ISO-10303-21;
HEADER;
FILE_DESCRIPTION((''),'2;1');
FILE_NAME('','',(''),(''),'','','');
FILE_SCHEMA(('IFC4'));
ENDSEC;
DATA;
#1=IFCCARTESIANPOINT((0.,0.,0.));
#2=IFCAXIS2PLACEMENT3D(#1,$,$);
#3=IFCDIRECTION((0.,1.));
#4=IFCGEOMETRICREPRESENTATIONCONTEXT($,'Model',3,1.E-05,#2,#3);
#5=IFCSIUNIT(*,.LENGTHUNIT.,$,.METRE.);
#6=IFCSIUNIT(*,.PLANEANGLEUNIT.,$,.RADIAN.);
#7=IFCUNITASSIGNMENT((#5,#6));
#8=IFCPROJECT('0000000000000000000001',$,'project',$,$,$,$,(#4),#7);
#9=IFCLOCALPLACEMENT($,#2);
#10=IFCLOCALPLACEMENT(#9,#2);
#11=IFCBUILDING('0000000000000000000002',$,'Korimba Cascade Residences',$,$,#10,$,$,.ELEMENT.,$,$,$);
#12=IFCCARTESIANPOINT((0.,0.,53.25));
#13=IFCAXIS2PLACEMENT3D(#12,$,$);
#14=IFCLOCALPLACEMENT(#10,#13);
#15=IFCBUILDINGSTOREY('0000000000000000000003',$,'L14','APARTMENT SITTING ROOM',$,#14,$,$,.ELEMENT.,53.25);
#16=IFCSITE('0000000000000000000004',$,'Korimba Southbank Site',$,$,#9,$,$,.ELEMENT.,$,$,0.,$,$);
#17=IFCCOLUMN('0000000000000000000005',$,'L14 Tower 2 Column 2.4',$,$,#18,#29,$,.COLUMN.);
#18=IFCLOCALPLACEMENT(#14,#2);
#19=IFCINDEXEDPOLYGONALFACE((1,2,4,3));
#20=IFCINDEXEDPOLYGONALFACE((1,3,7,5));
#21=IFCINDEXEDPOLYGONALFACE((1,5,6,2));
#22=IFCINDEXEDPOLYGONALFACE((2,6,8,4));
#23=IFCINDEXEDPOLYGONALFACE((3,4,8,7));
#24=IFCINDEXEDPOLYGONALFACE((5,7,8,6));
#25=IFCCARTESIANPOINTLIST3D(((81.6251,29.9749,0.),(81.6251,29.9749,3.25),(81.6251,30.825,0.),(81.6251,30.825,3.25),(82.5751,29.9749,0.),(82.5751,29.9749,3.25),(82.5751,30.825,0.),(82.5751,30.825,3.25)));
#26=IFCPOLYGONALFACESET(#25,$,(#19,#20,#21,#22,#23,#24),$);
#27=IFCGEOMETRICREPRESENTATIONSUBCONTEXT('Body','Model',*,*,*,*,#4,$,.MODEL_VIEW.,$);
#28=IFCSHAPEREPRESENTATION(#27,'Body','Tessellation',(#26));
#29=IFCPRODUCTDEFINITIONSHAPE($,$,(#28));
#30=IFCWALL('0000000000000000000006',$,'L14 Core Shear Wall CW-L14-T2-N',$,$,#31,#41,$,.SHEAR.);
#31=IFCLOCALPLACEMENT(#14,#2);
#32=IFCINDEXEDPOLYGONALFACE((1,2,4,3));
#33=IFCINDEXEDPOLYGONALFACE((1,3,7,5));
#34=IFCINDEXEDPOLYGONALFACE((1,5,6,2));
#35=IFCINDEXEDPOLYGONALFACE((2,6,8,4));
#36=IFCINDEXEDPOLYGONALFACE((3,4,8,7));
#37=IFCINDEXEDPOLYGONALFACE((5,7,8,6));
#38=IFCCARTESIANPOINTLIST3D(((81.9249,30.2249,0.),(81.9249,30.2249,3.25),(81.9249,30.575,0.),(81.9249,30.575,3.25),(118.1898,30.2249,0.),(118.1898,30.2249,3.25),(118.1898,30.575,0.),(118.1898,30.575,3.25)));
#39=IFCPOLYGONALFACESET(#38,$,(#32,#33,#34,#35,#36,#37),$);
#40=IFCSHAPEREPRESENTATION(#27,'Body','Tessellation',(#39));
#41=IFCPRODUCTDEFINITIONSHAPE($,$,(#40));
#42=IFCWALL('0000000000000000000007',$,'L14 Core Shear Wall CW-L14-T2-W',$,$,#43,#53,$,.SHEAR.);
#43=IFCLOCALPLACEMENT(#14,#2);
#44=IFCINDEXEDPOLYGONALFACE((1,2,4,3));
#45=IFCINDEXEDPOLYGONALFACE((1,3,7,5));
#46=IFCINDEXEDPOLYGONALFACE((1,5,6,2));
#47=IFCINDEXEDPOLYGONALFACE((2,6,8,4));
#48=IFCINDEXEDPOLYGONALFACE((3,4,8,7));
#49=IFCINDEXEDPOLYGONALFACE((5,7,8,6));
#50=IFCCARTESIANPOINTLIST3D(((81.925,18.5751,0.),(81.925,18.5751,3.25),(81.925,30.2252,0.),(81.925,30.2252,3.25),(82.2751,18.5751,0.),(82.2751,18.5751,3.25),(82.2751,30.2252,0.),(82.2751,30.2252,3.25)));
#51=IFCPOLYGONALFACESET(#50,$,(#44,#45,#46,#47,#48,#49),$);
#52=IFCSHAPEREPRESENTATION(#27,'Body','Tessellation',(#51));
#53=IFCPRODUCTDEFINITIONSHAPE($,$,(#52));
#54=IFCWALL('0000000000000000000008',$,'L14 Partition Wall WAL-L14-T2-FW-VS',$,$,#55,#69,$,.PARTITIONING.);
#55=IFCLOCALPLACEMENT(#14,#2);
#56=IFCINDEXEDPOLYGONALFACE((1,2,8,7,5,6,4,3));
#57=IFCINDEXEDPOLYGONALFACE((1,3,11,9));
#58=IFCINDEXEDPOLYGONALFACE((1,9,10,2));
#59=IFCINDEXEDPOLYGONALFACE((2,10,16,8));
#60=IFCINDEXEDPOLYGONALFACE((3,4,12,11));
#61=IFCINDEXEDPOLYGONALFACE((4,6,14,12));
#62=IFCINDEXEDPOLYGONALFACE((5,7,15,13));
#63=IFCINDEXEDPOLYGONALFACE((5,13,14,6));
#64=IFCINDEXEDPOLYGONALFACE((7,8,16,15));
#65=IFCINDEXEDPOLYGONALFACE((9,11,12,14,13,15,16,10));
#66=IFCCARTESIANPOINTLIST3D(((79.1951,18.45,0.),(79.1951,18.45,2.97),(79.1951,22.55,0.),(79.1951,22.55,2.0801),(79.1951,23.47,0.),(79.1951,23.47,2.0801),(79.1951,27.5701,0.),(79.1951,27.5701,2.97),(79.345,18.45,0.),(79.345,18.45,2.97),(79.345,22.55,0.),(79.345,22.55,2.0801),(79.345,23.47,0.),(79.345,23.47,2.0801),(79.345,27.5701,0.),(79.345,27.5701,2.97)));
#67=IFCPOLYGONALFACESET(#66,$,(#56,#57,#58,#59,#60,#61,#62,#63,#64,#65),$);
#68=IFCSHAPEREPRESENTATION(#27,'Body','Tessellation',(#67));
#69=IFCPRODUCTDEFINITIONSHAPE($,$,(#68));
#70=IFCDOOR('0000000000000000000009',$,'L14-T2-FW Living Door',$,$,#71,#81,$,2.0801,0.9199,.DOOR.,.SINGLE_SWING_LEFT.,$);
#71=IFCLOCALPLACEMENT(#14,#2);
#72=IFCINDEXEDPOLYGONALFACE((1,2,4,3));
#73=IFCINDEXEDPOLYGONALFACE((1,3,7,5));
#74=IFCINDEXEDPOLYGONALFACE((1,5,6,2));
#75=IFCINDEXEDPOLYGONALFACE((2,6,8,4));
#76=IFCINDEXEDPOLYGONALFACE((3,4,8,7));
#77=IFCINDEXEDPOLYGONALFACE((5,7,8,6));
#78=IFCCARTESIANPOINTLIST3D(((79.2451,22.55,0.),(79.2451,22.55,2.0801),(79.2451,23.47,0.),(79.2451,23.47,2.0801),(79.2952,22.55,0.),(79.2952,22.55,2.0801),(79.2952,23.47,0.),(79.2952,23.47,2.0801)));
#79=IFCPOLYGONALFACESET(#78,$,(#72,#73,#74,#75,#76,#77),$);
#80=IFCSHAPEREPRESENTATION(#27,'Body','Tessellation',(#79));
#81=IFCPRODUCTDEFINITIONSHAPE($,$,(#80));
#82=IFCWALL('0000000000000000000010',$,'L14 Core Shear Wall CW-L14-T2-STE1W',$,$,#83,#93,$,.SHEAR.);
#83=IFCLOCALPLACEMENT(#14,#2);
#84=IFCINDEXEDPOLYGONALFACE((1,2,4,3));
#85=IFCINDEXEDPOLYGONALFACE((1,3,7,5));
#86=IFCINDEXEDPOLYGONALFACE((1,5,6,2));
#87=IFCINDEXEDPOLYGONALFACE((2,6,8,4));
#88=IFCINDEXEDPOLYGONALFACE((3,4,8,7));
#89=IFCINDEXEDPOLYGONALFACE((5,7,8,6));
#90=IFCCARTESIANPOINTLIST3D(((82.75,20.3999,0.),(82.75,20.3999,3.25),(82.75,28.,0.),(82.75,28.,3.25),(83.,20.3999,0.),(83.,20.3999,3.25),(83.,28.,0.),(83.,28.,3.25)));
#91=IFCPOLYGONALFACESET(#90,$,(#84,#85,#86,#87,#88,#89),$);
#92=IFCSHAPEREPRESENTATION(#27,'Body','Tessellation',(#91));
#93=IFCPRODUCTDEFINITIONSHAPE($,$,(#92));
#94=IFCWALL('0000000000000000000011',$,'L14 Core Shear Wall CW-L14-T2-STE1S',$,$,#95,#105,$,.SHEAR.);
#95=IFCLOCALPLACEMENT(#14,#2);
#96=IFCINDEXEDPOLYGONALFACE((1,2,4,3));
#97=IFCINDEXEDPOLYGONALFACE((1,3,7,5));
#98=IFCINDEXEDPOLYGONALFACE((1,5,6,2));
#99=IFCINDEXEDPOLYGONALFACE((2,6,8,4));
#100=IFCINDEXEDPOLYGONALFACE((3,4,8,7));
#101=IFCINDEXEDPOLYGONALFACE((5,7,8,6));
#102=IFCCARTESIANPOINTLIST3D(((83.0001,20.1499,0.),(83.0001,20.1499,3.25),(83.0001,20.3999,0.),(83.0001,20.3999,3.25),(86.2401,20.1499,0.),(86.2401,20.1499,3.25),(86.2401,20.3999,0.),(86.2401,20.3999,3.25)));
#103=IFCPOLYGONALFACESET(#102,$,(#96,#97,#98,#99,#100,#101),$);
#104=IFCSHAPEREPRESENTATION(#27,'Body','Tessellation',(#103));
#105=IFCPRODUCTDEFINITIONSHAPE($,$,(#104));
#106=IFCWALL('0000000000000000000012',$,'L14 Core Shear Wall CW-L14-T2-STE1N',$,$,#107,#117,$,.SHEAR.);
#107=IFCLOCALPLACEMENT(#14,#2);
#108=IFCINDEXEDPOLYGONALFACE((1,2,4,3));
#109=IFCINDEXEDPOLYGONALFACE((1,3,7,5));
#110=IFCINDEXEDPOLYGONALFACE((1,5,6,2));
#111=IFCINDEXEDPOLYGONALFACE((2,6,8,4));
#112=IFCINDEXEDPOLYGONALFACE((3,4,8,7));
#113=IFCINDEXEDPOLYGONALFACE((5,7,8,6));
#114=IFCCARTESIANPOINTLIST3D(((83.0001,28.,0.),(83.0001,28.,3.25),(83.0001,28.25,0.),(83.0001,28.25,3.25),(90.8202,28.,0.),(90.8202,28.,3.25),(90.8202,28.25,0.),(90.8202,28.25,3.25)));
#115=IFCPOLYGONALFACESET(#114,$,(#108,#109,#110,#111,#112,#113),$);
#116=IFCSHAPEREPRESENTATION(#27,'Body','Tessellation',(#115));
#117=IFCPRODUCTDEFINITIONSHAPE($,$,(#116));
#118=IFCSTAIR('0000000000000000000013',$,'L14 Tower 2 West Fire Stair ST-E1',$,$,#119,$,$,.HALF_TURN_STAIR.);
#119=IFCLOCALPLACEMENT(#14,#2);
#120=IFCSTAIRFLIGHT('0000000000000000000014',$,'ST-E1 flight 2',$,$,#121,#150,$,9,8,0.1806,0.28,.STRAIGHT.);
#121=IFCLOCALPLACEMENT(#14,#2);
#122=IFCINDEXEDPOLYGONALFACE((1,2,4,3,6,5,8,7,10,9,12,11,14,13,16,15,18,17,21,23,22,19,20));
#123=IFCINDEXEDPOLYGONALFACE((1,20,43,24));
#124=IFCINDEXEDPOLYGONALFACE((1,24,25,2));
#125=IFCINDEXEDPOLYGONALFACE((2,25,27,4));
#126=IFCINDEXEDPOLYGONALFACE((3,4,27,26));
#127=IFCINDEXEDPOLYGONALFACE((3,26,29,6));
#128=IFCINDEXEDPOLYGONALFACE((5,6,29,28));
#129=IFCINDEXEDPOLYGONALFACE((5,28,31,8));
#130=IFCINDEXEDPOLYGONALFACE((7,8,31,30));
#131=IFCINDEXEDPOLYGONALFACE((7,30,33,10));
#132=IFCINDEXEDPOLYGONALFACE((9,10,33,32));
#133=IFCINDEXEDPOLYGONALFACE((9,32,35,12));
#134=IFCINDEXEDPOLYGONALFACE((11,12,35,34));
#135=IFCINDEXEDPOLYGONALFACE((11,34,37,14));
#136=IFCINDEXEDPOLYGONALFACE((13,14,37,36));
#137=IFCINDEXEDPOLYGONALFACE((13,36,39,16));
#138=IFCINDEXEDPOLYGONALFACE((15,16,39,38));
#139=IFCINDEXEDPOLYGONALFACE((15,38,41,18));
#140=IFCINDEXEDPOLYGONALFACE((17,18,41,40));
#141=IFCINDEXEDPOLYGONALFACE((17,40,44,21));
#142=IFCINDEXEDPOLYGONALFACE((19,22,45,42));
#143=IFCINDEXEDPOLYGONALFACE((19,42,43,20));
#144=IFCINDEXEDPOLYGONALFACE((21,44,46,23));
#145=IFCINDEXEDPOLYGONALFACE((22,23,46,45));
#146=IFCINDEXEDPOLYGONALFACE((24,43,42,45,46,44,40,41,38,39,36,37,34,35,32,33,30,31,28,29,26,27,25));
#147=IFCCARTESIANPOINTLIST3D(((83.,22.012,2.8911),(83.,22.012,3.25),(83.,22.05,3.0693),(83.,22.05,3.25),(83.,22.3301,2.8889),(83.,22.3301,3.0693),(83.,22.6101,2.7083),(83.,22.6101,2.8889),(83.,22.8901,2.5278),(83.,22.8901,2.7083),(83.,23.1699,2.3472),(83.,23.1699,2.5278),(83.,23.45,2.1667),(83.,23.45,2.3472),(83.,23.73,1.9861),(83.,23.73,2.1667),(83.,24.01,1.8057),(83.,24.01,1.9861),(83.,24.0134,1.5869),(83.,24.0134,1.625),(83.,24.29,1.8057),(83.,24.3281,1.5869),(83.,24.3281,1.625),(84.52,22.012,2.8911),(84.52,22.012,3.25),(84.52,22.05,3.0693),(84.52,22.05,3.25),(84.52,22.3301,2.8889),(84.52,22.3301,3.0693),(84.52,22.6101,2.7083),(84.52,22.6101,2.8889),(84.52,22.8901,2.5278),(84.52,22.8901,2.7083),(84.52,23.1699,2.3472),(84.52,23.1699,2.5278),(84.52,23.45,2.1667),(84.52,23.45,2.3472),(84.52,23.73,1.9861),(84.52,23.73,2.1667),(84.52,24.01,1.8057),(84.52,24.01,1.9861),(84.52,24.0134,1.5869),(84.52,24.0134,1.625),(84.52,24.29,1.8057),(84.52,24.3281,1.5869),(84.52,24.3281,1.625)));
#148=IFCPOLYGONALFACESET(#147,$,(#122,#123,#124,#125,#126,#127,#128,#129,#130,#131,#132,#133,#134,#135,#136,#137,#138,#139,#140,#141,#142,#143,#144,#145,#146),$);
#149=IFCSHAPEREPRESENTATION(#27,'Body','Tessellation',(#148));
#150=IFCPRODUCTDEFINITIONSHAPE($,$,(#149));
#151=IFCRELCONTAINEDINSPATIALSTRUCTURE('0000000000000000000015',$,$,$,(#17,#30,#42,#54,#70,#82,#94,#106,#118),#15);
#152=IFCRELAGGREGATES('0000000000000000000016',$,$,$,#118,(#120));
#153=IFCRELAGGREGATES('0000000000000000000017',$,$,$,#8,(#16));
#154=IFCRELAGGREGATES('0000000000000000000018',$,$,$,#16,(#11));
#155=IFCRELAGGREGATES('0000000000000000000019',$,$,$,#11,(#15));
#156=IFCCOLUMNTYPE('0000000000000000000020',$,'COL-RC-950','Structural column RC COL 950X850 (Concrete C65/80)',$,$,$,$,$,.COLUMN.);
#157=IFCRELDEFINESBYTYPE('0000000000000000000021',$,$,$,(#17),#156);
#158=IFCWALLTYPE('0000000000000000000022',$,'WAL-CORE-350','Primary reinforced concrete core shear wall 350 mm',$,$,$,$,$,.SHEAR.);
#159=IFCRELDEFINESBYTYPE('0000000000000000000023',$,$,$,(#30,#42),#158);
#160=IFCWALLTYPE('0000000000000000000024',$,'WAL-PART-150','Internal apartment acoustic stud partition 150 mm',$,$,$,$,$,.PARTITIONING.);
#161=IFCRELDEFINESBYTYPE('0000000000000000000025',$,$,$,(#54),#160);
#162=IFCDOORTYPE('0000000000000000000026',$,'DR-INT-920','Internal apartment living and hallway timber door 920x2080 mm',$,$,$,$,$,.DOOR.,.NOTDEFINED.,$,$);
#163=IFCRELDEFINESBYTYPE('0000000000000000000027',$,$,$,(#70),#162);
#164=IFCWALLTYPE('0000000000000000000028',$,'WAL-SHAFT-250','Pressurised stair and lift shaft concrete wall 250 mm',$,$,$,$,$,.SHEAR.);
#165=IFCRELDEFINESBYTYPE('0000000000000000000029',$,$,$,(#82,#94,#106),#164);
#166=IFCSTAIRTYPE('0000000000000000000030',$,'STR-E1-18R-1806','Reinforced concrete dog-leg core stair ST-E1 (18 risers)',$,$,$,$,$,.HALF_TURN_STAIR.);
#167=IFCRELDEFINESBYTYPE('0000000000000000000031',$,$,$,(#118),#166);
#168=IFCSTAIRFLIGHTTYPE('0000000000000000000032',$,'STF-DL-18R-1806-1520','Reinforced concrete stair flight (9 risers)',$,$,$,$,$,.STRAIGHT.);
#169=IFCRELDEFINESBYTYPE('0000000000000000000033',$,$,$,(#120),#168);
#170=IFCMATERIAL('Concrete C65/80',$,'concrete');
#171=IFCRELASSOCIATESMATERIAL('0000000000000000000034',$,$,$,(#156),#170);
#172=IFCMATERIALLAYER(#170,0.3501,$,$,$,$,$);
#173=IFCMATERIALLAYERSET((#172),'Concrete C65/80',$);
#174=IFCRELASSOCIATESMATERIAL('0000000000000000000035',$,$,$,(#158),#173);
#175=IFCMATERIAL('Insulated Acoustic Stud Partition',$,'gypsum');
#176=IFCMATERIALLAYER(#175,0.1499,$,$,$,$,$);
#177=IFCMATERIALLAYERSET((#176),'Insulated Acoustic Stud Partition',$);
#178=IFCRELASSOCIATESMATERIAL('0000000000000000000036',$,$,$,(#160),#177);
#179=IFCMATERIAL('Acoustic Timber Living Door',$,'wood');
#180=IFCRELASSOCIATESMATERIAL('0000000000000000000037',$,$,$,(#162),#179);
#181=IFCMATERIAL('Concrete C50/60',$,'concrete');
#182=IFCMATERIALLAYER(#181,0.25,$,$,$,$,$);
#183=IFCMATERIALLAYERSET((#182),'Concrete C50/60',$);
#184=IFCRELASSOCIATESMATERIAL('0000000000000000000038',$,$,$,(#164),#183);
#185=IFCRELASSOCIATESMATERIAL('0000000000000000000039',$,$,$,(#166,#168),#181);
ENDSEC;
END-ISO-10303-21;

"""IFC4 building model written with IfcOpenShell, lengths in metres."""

from ifc_helpers import new_model, si_unit, direction, frame, frame_2d, origin, origin_2d, place, context, subcontext, project, spatial, polyline, rectangle, outline, extrude, material, layer, layer_set, material_profile, profile_set, type_object, element, fill, aggregate, save


model = new_model("IFC4")

# Units and contexts
model_context = context("Model", 3, precision=1e-05, world=origin(), true_north=direction((0.0, 1.0)))
body_context = subcontext(model_context, "Body", "Model", "MODEL_VIEW")
ifc_project = project(units=[si_unit("LENGTHUNIT", "METRE"), si_unit("PLANEANGLEUNIT", "RADIAN")], contexts=[model_context])

# Site, building, storey
site_placement = place(None, origin())
site = spatial("IfcSite", under=ifc_project, at=site_placement, Name="Korimba Southbank Site", CompositionType="ELEMENT", RefElevation=0.0)
building_placement = place(site_placement, origin())
building = spatial("IfcBuilding", under=site, at=building_placement, Name="Korimba Cascade Residences", CompositionType="ELEMENT")
storey_placement = place(building_placement, frame((0.0, 0.0, 53.25)))
storey = spatial("IfcBuildingStorey", under=building, at=storey_placement, Name="L14", Description="APARTMENT SITTING ROOM", CompositionType="ELEMENT", Elevation=53.25)

# Column
ifc_material_1 = material(Name="Concrete C65/80", Category="concrete")
ifc_material_profile = material_profile(ifc_material_1, rectangle(XDim=0.95, YDim=0.8501, at=origin_2d()), Name="Concrete C65/80")
ifc_profile_set = profile_set([ifc_material_profile], Name="Concrete C65/80")
column_type = type_object("IfcColumnType", Name="COL-RC-950", Description="Structural column RC COL 950X850 (Concrete C65/80)", PredefinedType="COLUMN", material=ifc_profile_set)
column_placement = place(storey_placement, frame((82.1001, 30.3999, 0.0), z_axis=(0.0, 0.0, 1.0), x_axis=(1.0, 0.0, 0.0)))
element("IfcColumn", 1, at=column_placement, inside=storey, type_object=column_type, Name="L14 Tower 2 Column 2.4", PredefinedType="COLUMN", context=body_context, shape_type="SweptSolid", body=[
    extrude(rectangle(XDim=0.95, YDim=0.8501, at=origin_2d()), origin(), (0.0, 0.0, 1.0), 3.25),
])

# Walls
ifc_layer_1 = layer(ifc_material_1, 0.3501)
ifc_layer_set_1 = layer_set([ifc_layer_1], Name="Concrete C65/80")
wall_type_1 = type_object("IfcWallType", Name="WAL-CORE-350", Description="Primary reinforced concrete core shear wall 350 mm", PredefinedType="SHEAR", material=ifc_layer_set_1)
wall_1_placement = place(storey_placement, frame((81.925, 30.3999, 0.0), z_axis=(0.0, 0.0, 1.0), x_axis=(1.0, 0.0, 0.0)))
element("IfcWall", 2, at=wall_1_placement, inside=storey, type_object=wall_type_1, Name="L14 Core Shear Wall CW-L14-T2-N", PredefinedType="SHEAR", context=body_context, shape_type="SweptSolid", body=[
    extrude(rectangle(XDim=36.2649, YDim=0.3501, at=frame_2d((18.1323, 0.0))), origin(), (0.0, 0.0, 1.0), 3.25),
])
wall_2_placement = place(storey_placement, frame((82.1001, 18.575, 0.0), z_axis=(0.0, 0.0, 1.0), x_axis=(0.0, 1.0, 0.0)))
element("IfcWall", 3, at=wall_2_placement, inside=storey, type_object=wall_type_1, Name="L14 Core Shear Wall CW-L14-T2-W", PredefinedType="SHEAR", context=body_context, shape_type="SweptSolid", body=[
    extrude(rectangle(XDim=11.6501, YDim=0.3501, at=frame_2d((5.8252, 0.0))), origin(), (0.0, 0.0, 1.0), 3.25),
])

# Wall, opening, door
ifc_material_2 = material(Name="Insulated Acoustic Stud Partition", Category="gypsum")
ifc_layer_2 = layer(ifc_material_2, 0.1499)
ifc_layer_set_2 = layer_set([ifc_layer_2], Name="Insulated Acoustic Stud Partition")
wall_type_2 = type_object("IfcWallType", Name="WAL-PART-150", Description="Internal apartment acoustic stud partition 150 mm", PredefinedType="PARTITIONING", material=ifc_layer_set_2)
wall_3_placement = place(storey_placement, frame((79.27, 18.45, 0.0), z_axis=(0.0, 0.0, 1.0), x_axis=(0.0, 1.0, 0.0)))
wall_3 = element("IfcWall", 4, at=wall_3_placement, inside=storey, type_object=wall_type_2, Name="L14 Partition Wall WAL-L14-T2-FW-VS", PredefinedType="PARTITIONING", context=body_context, shape_type="SweptSolid", body=[
    extrude(rectangle(XDim=9.1201, YDim=0.1499, at=frame_2d((4.5601, 0.0))), origin(), (0.0, 0.0, 1.0), 2.97),
])
opening_placement = place(wall_3_placement, frame((4.1001, 0.0, 0.0)))
opening = element("IfcOpeningElement", 5, at=opening_placement, cuts=wall_3, PredefinedType="OPENING", context=body_context, shape_type="SweptSolid", body=[
    extrude(rectangle(XDim=0.9199, YDim=2.0801, at=frame_2d((0.46, 1.04))), frame((0.0, 0.085, 0.0), z_axis=(0.0, -1.0, 0.0), x_axis=(1.0, 0.0, 0.0)), (0.0, 0.0, 1.0), 0.1699),
])
ifc_material_3 = material(Name="Acoustic Timber Living Door", Category="wood")
door_type = type_object("IfcDoorType", Name="DR-INT-920", Description="Internal apartment living and hallway timber door 920x2080 mm", OperationType="NOTDEFINED", PredefinedType="DOOR", material=ifc_material_3)
door_placement = place(opening_placement, origin())
door = element("IfcDoor", 6, at=door_placement, inside=storey, type_object=door_type, Name="L14-T2-FW Living Door", OperationType="SINGLE_SWING_LEFT", OverallHeight=2.0801, OverallWidth=0.9199, PredefinedType="DOOR", context=body_context, shape_type="SweptSolid", body=[
    extrude(rectangle(XDim=0.9199, YDim=2.0801, at=frame_2d((0.46, 1.04))), frame((0.0, 0.0249, 0.0), z_axis=(0.0, -1.0, 0.0), x_axis=(1.0, 0.0, 0.0)), (0.0, 0.0, 1.0), 0.05),
])
fill(opening, door)

# Walls
ifc_material_4 = material(Name="Concrete C50/60", Category="concrete")
ifc_layer_3 = layer(ifc_material_4, 0.25)
ifc_layer_set_3 = layer_set([ifc_layer_3], Name="Concrete C50/60")
wall_type_3 = type_object("IfcWallType", Name="WAL-SHAFT-250", Description="Pressurised stair and lift shaft concrete wall 250 mm", PredefinedType="SHEAR", material=ifc_layer_set_3)
wall_4_placement = place(storey_placement, frame((82.875, 20.3999, 0.0), z_axis=(0.0, 0.0, 1.0), x_axis=(0.0, 1.0, 0.0)))
element("IfcWall", 7, at=wall_4_placement, inside=storey, type_object=wall_type_3, Name="L14 Core Shear Wall CW-L14-T2-STE1W", PredefinedType="SHEAR", context=body_context, shape_type="SweptSolid", body=[
    extrude(rectangle(XDim=7.6001, YDim=0.25, at=frame_2d((3.8, 0.0))), origin(), (0.0, 0.0, 1.0), 3.25),
])
wall_5_placement = place(storey_placement, frame((83.0, 20.2749, 0.0), z_axis=(0.0, 0.0, 1.0), x_axis=(1.0, 0.0, 0.0)))
element("IfcWall", 8, at=wall_5_placement, inside=storey, type_object=wall_type_3, Name="L14 Core Shear Wall CW-L14-T2-STE1S", PredefinedType="SHEAR", context=body_context, shape_type="SweptSolid", body=[
    extrude(rectangle(XDim=3.24, YDim=0.25, at=frame_2d((1.6201, 0.0))), origin(), (0.0, 0.0, 1.0), 3.25),
])
wall_6_placement = place(storey_placement, frame((83.0, 28.125, 0.0), z_axis=(0.0, 0.0, 1.0), x_axis=(1.0, 0.0, 0.0)))
element("IfcWall", 9, at=wall_6_placement, inside=storey, type_object=wall_type_3, Name="L14 Core Shear Wall CW-L14-T2-STE1N", PredefinedType="SHEAR", context=body_context, shape_type="SweptSolid", body=[
    extrude(rectangle(XDim=7.8201, YDim=0.25, at=frame_2d((3.9102, 0.0))), origin(), (0.0, 0.0, 1.0), 3.25),
])

# Stair, stair flight
stair_type = type_object("IfcStairType", Name="STR-E1-18R-1806", Description="Reinforced concrete dog-leg core stair ST-E1 (18 risers)", PredefinedType="HALF_TURN_STAIR", material=ifc_material_4)
stair_placement = place(storey_placement, origin())
stair = element("IfcStair", 10, at=stair_placement, inside=storey, type_object=stair_type, Name="L14 Tower 2 West Fire Stair ST-E1", PredefinedType="HALF_TURN_STAIR")
stair_flight_type = type_object("IfcStairFlightType", Name="STF-DL-18R-1806-1520", Description="Reinforced concrete stair flight (9 risers)", PredefinedType="STRAIGHT", material=ifc_material_4)
stair_flight_placement = place(storey_placement, frame((83.76, 24.29, 1.625), z_axis=(0.0, 0.0, 1.0), x_axis=(0.0, -1.0, 0.0)))
stair_flight = element("IfcStairFlight", 11, at=stair_flight_placement, type_object=stair_flight_type, Name="ST-E1 flight 2", NumberOfRisers=9, NumberOfTreads=8, PredefinedType="STRAIGHT", RiserHeight=0.1806, TreadLength=0.28, context=body_context, shape_type="SweptSolid", body=[
    extrude(outline(polyline([(-0.0381, 0.0), (0.0, 0.1807), (0.28, 0.1807), (0.28, 0.3611), (0.5601, 0.3611), (0.5601, 0.5417), (0.8401, 0.5417), (0.8401, 0.7222), (1.1201, 0.7222), (1.1201, 0.9028), (1.3999, 0.9028), (1.3999, 1.0833), (1.6799, 1.0833), (1.6799, 1.2639), (1.96, 1.2639), (1.96, 1.4443), (2.24, 1.4443), (2.24, 1.625), (2.2781, 1.625), (2.2781, 1.2661), (0.2766, 0.0), (0.2766, -0.0381), (-0.0381, -0.0381), (-0.0381, 0.0)])), frame((0.0, 0.76, 0.0), z_axis=(0.0, -1.0, 0.0), x_axis=(1.0, 0.0, 0.0)), (0.0, 0.0, 1.0), 1.52),
])
aggregate(stair, [stair_flight])

save(model, "model.ifc")
